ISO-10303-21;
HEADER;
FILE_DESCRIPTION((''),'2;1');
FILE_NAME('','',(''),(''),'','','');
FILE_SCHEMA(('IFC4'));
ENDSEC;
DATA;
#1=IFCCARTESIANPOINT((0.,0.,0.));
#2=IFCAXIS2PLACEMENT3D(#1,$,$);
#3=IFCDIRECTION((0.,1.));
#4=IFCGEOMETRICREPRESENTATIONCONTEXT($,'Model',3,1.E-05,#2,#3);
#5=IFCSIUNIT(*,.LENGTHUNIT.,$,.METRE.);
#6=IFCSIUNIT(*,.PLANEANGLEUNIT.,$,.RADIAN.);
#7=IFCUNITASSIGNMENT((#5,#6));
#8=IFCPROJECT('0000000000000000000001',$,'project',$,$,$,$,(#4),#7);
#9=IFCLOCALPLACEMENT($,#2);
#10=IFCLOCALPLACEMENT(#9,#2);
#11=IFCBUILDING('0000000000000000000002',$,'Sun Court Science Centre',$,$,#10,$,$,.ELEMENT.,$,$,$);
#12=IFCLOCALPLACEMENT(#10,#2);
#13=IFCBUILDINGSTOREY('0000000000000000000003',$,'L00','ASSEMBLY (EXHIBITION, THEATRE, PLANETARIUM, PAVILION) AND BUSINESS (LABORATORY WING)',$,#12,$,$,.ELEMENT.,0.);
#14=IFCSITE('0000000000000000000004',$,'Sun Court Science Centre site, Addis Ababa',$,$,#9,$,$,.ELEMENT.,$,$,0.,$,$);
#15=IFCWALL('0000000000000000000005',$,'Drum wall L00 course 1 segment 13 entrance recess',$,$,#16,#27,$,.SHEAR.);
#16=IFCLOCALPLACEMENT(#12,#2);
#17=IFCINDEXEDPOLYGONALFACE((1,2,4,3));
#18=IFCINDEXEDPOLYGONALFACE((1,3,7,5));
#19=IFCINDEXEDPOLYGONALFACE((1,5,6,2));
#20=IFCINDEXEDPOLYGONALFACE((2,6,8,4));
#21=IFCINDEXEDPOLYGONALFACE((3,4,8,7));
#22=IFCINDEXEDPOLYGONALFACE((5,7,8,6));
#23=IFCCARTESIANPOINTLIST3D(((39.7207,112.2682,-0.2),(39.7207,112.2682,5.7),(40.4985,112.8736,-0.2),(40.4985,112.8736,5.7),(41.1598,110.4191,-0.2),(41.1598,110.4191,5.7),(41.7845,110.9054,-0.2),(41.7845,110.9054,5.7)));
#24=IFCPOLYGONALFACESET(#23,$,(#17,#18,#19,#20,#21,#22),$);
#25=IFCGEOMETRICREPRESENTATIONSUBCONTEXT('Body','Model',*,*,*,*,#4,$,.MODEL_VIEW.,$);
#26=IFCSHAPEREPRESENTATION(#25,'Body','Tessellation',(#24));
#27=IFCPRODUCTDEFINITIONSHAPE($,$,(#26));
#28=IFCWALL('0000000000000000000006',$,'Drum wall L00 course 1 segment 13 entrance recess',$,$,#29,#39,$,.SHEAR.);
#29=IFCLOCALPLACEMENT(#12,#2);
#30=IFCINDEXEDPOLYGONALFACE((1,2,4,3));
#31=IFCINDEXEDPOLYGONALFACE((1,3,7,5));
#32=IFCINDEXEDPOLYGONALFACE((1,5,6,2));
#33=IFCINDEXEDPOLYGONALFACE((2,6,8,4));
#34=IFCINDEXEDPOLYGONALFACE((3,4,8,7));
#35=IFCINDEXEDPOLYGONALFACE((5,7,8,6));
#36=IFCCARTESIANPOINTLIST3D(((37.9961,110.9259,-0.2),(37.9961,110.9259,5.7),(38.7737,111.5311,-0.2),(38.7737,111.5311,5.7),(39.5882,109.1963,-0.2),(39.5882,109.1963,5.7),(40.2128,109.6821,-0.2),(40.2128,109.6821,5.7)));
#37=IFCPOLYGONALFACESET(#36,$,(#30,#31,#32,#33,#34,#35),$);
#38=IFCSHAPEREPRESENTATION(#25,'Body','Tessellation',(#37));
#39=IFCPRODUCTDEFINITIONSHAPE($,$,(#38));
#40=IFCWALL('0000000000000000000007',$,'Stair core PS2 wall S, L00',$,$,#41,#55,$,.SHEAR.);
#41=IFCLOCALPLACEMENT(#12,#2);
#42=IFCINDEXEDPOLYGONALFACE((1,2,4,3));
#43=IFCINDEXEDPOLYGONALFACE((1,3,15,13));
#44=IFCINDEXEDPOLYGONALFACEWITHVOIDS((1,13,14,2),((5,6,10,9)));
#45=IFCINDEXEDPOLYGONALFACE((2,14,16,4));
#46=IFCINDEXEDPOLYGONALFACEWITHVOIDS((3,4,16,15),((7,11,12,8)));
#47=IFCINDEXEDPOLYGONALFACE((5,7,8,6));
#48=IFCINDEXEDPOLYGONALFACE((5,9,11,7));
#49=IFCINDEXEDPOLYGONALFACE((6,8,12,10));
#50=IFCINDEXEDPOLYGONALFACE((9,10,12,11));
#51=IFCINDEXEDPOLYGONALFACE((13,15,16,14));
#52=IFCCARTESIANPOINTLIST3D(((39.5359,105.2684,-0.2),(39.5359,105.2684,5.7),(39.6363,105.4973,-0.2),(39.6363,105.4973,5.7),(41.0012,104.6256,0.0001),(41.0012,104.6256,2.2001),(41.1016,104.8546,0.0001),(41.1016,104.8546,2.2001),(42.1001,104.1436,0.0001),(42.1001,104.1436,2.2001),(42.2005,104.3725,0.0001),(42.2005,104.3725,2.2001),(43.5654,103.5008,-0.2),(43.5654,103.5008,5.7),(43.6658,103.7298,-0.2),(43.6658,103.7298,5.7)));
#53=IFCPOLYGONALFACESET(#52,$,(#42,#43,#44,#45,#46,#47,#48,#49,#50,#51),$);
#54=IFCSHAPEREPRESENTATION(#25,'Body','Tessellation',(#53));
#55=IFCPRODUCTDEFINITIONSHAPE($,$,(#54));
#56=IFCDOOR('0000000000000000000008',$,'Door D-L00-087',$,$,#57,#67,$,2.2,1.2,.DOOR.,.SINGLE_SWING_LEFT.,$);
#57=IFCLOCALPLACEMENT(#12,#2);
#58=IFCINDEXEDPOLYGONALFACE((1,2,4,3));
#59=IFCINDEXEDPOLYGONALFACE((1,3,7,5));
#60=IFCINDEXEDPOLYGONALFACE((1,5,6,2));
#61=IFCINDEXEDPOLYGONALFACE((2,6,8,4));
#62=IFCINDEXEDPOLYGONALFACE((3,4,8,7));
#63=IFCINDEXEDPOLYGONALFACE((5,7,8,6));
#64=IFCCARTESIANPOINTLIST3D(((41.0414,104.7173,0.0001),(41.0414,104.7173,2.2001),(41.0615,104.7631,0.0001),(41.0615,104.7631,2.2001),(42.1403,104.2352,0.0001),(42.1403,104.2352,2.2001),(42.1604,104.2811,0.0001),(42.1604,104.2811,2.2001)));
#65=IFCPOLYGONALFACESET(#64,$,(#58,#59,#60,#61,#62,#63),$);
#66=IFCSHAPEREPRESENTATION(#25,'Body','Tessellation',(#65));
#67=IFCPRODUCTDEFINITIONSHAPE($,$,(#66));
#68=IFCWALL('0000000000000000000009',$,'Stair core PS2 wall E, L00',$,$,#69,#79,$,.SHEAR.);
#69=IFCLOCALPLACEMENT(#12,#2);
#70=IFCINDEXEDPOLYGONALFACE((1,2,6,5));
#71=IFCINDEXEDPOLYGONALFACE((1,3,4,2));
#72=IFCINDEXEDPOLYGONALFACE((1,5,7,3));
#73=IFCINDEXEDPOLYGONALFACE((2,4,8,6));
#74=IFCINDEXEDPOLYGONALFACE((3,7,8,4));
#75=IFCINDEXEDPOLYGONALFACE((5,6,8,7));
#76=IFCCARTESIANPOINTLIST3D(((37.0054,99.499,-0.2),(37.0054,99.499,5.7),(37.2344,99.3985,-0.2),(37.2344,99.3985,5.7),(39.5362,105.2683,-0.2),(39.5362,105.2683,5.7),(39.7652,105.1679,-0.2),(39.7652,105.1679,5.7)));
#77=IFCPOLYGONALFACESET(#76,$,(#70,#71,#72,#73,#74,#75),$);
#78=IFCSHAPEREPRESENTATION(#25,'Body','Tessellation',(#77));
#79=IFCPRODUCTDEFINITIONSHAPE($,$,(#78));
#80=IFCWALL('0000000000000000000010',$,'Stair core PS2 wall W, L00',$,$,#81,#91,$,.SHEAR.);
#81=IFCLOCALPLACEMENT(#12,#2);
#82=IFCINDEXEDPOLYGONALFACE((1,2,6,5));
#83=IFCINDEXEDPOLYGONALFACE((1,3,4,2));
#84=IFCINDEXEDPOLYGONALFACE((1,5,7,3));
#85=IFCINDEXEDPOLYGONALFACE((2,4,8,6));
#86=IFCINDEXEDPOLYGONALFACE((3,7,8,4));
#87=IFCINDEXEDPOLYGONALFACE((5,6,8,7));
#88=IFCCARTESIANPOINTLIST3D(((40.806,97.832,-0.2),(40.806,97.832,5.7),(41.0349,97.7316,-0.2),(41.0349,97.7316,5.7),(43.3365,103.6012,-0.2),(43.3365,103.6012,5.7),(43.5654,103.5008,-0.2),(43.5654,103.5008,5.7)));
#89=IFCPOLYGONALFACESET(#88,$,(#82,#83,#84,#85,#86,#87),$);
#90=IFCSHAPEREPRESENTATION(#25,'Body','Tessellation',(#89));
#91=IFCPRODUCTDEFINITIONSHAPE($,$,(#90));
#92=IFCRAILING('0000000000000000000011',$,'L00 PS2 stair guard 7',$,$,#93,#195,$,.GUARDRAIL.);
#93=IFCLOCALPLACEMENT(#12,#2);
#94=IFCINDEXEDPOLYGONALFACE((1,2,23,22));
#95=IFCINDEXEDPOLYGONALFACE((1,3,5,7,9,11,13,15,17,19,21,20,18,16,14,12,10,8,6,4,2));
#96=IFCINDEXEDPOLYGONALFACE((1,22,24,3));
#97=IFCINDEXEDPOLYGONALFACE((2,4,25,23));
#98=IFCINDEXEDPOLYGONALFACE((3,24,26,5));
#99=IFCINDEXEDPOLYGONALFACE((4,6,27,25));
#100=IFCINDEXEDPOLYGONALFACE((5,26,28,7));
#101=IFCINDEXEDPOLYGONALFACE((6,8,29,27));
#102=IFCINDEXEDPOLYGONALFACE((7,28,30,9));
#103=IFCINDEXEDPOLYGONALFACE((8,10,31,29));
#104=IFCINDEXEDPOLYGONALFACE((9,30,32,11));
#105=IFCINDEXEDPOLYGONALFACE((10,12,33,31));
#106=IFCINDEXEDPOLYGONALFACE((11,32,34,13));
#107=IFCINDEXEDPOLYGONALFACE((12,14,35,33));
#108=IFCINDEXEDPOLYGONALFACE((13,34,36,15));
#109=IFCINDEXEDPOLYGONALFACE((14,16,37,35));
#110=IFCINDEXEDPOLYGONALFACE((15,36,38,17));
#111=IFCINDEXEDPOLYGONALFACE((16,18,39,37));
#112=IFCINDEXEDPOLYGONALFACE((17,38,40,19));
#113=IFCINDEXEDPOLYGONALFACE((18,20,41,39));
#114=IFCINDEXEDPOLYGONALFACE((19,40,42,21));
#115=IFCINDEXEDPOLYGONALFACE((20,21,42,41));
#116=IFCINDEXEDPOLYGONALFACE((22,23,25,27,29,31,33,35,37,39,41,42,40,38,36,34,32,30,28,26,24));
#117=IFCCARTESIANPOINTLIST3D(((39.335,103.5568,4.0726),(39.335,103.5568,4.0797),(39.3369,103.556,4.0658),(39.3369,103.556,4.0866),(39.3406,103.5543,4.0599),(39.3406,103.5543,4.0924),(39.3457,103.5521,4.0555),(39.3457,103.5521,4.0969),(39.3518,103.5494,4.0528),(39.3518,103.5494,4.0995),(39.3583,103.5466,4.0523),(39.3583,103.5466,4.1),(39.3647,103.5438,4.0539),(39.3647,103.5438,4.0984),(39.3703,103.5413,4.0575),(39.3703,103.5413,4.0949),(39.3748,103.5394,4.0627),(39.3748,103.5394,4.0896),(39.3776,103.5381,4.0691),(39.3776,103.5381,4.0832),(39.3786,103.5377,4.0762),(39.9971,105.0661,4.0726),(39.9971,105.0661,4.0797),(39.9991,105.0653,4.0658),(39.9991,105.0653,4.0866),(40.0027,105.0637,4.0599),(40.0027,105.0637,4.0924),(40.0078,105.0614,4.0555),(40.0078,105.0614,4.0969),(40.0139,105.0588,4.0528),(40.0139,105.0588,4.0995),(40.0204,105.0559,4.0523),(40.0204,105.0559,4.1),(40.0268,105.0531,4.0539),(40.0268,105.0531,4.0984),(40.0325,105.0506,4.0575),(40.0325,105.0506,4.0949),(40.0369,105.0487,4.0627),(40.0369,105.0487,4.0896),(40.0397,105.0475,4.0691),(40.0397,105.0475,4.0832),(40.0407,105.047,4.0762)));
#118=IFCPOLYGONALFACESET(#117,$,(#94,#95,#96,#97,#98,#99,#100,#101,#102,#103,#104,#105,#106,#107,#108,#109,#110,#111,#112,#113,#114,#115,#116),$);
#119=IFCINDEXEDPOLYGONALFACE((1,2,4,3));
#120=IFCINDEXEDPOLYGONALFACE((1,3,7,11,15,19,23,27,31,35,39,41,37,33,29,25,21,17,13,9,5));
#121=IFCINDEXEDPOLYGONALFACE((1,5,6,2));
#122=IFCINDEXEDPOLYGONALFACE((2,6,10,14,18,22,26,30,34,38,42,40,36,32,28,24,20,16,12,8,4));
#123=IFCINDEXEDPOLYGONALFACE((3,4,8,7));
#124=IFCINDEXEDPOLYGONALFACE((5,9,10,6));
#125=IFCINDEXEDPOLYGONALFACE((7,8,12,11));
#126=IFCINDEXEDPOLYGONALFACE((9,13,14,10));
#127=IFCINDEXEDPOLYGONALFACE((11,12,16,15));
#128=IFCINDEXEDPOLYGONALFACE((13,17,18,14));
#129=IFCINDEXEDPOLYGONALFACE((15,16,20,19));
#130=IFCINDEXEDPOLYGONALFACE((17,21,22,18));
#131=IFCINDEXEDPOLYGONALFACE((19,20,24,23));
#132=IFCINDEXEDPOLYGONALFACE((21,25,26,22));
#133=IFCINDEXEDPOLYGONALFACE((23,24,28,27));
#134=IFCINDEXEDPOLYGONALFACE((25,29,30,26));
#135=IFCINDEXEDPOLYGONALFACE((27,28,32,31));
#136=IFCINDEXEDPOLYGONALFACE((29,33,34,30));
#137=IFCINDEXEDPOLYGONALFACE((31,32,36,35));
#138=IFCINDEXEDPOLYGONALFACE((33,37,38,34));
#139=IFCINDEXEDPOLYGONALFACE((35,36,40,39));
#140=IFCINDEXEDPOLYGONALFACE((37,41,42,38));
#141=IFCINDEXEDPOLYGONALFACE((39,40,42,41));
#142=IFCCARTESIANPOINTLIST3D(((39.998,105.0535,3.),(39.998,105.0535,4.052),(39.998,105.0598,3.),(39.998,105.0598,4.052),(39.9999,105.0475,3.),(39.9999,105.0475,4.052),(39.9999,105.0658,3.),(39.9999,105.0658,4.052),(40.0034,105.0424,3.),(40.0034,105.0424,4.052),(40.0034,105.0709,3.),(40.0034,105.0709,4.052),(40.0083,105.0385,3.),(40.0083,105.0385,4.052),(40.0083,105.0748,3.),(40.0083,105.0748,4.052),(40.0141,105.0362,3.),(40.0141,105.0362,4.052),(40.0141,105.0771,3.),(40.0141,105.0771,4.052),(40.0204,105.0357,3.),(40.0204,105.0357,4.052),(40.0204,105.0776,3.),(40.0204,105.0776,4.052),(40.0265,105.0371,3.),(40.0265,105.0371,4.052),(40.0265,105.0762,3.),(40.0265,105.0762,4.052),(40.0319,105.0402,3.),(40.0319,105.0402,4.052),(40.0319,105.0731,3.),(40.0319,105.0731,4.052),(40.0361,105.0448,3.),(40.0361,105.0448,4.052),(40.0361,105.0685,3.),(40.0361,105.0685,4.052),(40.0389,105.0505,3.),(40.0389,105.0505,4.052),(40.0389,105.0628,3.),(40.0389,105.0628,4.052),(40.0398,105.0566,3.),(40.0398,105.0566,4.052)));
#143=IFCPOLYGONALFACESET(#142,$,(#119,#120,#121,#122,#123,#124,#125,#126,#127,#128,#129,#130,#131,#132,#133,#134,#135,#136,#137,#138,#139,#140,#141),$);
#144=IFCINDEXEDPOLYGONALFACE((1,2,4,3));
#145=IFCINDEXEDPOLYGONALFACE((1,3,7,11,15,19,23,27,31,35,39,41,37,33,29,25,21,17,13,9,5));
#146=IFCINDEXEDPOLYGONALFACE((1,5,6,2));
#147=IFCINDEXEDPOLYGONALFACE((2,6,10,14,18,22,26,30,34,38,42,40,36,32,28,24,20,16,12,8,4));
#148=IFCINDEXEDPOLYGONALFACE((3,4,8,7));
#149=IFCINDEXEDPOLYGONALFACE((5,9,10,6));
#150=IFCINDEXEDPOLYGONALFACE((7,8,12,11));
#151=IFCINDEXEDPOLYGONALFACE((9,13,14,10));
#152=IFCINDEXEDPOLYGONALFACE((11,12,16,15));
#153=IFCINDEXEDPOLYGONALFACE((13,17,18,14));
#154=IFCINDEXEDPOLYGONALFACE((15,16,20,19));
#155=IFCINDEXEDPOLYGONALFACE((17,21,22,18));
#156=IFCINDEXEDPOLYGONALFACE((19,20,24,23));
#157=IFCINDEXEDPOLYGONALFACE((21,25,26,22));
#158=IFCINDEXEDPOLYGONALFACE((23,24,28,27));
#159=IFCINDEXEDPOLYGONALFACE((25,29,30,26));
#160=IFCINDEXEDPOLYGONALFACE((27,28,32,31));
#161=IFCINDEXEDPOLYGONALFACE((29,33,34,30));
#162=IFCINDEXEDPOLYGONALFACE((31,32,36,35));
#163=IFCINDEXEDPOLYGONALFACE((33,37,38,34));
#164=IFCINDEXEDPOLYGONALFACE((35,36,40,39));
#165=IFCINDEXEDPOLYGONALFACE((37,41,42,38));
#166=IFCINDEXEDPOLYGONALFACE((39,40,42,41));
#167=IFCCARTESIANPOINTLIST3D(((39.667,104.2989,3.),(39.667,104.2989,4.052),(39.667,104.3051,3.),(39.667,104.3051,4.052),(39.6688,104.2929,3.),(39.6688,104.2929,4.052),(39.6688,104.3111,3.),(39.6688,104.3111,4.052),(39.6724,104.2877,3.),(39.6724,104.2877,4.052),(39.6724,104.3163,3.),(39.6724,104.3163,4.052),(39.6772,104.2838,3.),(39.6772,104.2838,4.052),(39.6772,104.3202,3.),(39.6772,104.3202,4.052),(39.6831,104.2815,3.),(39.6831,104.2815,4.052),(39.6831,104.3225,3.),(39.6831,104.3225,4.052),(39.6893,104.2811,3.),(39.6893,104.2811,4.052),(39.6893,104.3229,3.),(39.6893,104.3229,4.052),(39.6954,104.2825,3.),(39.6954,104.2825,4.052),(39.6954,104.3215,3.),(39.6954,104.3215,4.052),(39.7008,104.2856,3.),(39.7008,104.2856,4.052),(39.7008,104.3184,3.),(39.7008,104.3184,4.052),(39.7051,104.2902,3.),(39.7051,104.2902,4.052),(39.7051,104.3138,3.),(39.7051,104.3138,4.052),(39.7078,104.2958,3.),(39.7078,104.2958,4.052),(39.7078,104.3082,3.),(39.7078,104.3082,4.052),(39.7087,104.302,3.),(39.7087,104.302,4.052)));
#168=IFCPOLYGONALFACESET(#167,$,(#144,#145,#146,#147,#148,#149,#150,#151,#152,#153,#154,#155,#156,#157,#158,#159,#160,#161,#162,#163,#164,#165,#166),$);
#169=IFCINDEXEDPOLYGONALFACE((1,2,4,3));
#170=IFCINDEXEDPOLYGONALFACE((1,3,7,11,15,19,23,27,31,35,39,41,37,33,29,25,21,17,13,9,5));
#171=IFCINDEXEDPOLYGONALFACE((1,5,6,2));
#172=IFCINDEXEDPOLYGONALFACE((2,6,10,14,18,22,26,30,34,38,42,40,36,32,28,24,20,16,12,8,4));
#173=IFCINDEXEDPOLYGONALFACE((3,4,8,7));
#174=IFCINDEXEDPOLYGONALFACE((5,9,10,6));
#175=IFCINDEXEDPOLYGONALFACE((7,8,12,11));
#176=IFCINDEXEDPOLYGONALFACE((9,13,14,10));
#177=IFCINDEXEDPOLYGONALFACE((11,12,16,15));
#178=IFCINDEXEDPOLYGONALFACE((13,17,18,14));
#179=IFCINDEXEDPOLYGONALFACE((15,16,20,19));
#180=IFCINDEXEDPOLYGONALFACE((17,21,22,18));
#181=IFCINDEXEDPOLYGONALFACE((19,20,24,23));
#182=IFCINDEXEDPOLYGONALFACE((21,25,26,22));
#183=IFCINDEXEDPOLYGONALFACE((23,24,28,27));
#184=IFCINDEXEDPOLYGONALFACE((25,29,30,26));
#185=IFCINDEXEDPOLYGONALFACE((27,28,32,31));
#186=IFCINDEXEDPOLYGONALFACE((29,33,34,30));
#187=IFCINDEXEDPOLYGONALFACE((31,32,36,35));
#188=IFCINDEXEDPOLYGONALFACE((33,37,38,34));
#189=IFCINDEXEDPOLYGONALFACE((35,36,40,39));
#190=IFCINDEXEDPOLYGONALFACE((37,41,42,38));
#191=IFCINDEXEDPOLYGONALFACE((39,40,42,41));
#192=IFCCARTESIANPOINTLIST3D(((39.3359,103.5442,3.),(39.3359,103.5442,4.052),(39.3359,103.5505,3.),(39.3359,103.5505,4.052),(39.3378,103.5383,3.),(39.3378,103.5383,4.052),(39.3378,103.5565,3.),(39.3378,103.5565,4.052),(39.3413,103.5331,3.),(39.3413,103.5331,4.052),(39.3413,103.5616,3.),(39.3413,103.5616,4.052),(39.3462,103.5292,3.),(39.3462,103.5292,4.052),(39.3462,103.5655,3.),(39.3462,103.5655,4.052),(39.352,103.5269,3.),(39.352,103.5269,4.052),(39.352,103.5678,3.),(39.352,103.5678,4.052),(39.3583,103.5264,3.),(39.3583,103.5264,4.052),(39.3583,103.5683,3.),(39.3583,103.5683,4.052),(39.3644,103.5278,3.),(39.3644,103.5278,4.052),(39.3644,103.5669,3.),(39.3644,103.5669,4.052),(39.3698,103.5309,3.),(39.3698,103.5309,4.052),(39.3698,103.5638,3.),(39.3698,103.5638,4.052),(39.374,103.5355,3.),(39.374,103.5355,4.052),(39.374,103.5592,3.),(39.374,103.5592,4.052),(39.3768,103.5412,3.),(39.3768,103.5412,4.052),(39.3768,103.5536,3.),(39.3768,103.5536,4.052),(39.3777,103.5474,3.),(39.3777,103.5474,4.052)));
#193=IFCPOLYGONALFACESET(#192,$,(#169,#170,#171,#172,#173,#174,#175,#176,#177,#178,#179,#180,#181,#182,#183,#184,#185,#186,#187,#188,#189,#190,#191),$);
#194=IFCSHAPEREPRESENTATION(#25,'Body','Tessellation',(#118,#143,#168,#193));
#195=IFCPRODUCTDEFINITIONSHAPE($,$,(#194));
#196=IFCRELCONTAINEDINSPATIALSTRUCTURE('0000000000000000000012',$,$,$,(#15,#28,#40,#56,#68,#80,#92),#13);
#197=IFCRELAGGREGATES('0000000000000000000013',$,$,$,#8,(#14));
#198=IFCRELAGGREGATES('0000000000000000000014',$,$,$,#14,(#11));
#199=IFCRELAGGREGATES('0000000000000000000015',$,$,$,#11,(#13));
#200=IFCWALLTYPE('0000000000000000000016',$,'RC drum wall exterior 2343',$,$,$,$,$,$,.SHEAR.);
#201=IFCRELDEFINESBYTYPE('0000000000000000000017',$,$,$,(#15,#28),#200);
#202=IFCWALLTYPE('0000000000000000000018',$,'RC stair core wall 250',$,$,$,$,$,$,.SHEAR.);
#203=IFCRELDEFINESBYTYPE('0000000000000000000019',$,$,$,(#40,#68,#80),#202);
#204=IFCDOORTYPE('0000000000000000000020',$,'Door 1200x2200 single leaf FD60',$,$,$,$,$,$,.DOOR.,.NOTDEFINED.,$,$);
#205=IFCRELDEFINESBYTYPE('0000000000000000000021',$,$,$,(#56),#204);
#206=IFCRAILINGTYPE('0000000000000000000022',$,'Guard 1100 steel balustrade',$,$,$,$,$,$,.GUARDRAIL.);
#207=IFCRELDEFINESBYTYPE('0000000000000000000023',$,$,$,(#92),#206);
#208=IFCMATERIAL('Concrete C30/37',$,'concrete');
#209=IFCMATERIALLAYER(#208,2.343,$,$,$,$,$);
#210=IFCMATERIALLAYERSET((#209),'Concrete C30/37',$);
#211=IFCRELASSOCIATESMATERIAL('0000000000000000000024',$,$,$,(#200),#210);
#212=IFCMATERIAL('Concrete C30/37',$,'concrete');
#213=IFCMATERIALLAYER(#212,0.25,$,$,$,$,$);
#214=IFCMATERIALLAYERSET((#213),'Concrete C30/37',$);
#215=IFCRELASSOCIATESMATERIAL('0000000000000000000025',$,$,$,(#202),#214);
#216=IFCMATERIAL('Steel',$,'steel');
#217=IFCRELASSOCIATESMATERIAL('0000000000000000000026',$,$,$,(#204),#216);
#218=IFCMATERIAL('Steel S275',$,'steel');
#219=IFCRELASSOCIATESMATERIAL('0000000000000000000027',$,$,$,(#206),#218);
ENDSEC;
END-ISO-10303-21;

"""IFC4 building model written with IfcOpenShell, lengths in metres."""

from ifc_helpers import new_model, si_unit, direction, frame, frame_2d, origin, origin_2d, place, context, subcontext, project, spatial, polyline, rectangle, circle, outline, extrude, material, layer, layer_set, type_object, element, fill, save


model = new_model("IFC4")

# Units and contexts
model_context = context("Model", 3, precision=1e-05, world=origin(), true_north=direction((0.0, 1.0)))
body_context = subcontext(model_context, "Body", "Model", "MODEL_VIEW")
ifc_project = project(units=[si_unit("LENGTHUNIT", "METRE"), si_unit("PLANEANGLEUNIT", "RADIAN")], contexts=[model_context])

# Site, building, storey
site_placement = place(None, origin())
site = spatial("IfcSite", under=ifc_project, at=site_placement, Name="Sun Court Science Centre site, Addis Ababa", CompositionType="ELEMENT", RefElevation=0.0)
building_placement = place(site_placement, origin())
building = spatial("IfcBuilding", under=site, at=building_placement, Name="Sun Court Science Centre", CompositionType="ELEMENT")
storey_placement = place(building_placement, origin())
storey = spatial("IfcBuildingStorey", under=building, at=storey_placement, Name="L00", Description="ASSEMBLY (EXHIBITION, THEATRE, PLANETARIUM, PAVILION) AND BUSINESS (LABORATORY WING)", CompositionType="ELEMENT", Elevation=0.0)

# Shared definitions
ifc_material_1 = material(Name="Concrete C30/37", Category="concrete")
ifc_layer_1 = layer(ifc_material_1, 2.343)
ifc_layer_set_1 = layer_set([ifc_layer_1], Name="Concrete C30/37")
wall_type_1 = type_object("IfcWallType", Name="RC drum wall exterior 2343", PredefinedType="SHEAR", material=ifc_layer_set_1)

# Walls
wall_1_placement = place(storey_placement, frame((41.218, 111.9492, -0.2), z_axis=(0.0, 0.0, 1.0), x_axis=(-0.789112, -0.614249, 0.0)))
element("IfcWall", 1, at=wall_1_placement, inside=storey, type_object=wall_type_1, Name="Drum wall L00 course 1 segment 13 entrance recess", PredefinedType="SHEAR", context=body_context, shape_type="SweptSolid", body=[
    extrude(outline(polyline([(0.0, -1.1714), (0.0, -1.1714), (0.1941, 1.1716), (0.9858, 1.1716), (0.9856, -1.1714), (0.0, -1.1714)])), origin(), (0.0, 0.0, 1.0), 5.8999),
])
wall_2_placement = place(storey_placement, frame((39.4932, 110.6067, -0.2), z_axis=(0.0, 0.0, 1.0), x_axis=(-0.789139, -0.614215, 0.0)))
element("IfcWall", 2, at=wall_2_placement, inside=storey, type_object=wall_type_1, Name="Drum wall L00 course 1 segment 13 entrance recess", PredefinedType="SHEAR", context=body_context, shape_type="SweptSolid", body=[
    extrude(outline(polyline([(0.7913, 1.1714), (0.9854, -1.1714), (0.0, -1.1714), (0.0, 1.1716), (0.7913, 1.1714)])), origin(), (0.0, 0.0, 1.0), 5.8999),
])

# Wall, opening, door
ifc_material_2 = material(Name="Concrete C30/37", Category="concrete")
ifc_layer_2 = layer(ifc_material_2, 0.25)
ifc_layer_set_2 = layer_set([ifc_layer_2], Name="Concrete C30/37")
wall_type_2 = type_object("IfcWallType", Name="RC stair core wall 250", PredefinedType="SHEAR", material=ifc_layer_set_2)
wall_3_placement = place(storey_placement, frame((43.6157, 103.6152, -0.2), z_axis=(0.0, 0.0, 1.0), x_axis=(-0.915769, 0.401706, 0.0)))
wall_3 = element("IfcWall", 3, at=wall_3_placement, inside=storey, type_object=wall_type_2, Name="Stair core PS2 wall S, L00", PredefinedType="SHEAR", context=body_context, shape_type="SweptSolid", body=[
    extrude(rectangle(XDim=4.4001, YDim=0.25, at=frame_2d((2.2002, 0.0))), origin(), (0.0, 0.0, 1.0), 5.8999),
])
opening_1_placement = place(wall_3_placement, frame((1.6001, 0.0, 0.2)))
opening_1 = element("IfcOpeningElement", 4, at=opening_1_placement, cuts=wall_3, PredefinedType="OPENING", context=body_context, shape_type="SweptSolid", body=[
    extrude(rectangle(XDim=1.2, YDim=2.2, at=frame_2d((0.6001, 1.1001))), frame((0.0, 0.135, 0.0), z_axis=(0.0, -1.0, 0.0), x_axis=(1.0, 0.0, 0.0)), (0.0, 0.0, 1.0), 0.27),
])
ifc_material_3 = material(Name="Steel", Category="steel")
door_type_1 = type_object("IfcDoorType", Name="Door 1200x2200 single leaf FD60", OperationType="NOTDEFINED", PredefinedType="DOOR", material=ifc_material_3)
door_1_placement = place(opening_1_placement, origin())
door_1 = element("IfcDoor", 5, at=door_1_placement, inside=storey, type_object=door_type_1, Name="Door D-L00-087", OperationType="SINGLE_SWING_LEFT", OverallHeight=2.2, OverallWidth=1.2, PredefinedType="DOOR", context=body_context, shape_type="SweptSolid", body=[
    extrude(rectangle(XDim=1.2, YDim=2.2, at=frame_2d((0.6001, 1.1001))), frame((0.0, 0.0249, 0.0), z_axis=(0.0, -1.0, 0.0), x_axis=(1.0, 0.0, 0.0)), (0.0, 0.0, 1.0), 0.05),
])
fill(opening_1, door_1)

# Walls
wall_4_placement = place(storey_placement, frame((39.6506, 105.218, -0.2), z_axis=(0.0, 0.0, 1.0), x_axis=(-0.401711, -0.915766, 0.0)))
element("IfcWall", 6, at=wall_4_placement, inside=storey, type_object=wall_type_2, Name="Stair core PS2 wall E, L00", PredefinedType="SHEAR", context=body_context, shape_type="SweptSolid", body=[
    extrude(rectangle(XDim=6.3, YDim=0.25, at=frame_2d((3.1499, 0.0))), origin(), (0.0, 0.0, 1.0), 5.8999),
])
wall_5_placement = place(storey_placement, frame((43.4509, 103.551, -0.2), z_axis=(0.0, 0.0, 1.0), x_axis=(-0.401679, -0.915781, 0.0)))
element("IfcWall", 7, at=wall_5_placement, inside=storey, type_object=wall_type_2, Name="Stair core PS2 wall W, L00", PredefinedType="SHEAR", context=body_context, shape_type="SweptSolid", body=[
    extrude(rectangle(XDim=6.2998, YDim=0.25, at=frame_2d((3.1499, 0.0))), origin(), (0.0, 0.0, 1.0), 5.8999),
])

# Railing
ifc_material_4 = material(Name="Steel S275", Category="steel")
railing_type_1 = type_object("IfcRailingType", Name="Guard 1100 steel balustrade", PredefinedType="GUARDRAIL", material=ifc_material_4)
railing_1_placement = place(storey_placement, frame((40.0188, 105.0566, 3.0)))
element("IfcRailing", 8, at=railing_1_placement, inside=storey, type_object=railing_type_1, Name="L00 PS2 stair guard 7", PredefinedType="GUARDRAIL", context=body_context, shape_type="SweptSolid", body=[
    extrude(circle(Radius=0.0239, at=origin_2d()), frame((0.0, 0.0, 1.0762), z_axis=(-0.401736, -0.915756, 0.0), x_axis=(0.915756, -0.401736, 0.0)), (0.0, 0.0, 1.0), 1.6482),
    extrude(circle(Radius=0.021, at=origin_2d()), origin(), (0.0, 0.0, 1.0), 1.052),
    extrude(circle(Radius=0.021, at=origin_2d()), frame((-0.3311, -0.7546, 0.0)), (0.0, 0.0, 1.0), 1.052),
    extrude(circle(Radius=0.021, at=origin_2d()), frame((-0.6621, -1.5093, 0.0)), (0.0, 0.0, 1.0), 1.052),
])

save(model, "model.ifc")
